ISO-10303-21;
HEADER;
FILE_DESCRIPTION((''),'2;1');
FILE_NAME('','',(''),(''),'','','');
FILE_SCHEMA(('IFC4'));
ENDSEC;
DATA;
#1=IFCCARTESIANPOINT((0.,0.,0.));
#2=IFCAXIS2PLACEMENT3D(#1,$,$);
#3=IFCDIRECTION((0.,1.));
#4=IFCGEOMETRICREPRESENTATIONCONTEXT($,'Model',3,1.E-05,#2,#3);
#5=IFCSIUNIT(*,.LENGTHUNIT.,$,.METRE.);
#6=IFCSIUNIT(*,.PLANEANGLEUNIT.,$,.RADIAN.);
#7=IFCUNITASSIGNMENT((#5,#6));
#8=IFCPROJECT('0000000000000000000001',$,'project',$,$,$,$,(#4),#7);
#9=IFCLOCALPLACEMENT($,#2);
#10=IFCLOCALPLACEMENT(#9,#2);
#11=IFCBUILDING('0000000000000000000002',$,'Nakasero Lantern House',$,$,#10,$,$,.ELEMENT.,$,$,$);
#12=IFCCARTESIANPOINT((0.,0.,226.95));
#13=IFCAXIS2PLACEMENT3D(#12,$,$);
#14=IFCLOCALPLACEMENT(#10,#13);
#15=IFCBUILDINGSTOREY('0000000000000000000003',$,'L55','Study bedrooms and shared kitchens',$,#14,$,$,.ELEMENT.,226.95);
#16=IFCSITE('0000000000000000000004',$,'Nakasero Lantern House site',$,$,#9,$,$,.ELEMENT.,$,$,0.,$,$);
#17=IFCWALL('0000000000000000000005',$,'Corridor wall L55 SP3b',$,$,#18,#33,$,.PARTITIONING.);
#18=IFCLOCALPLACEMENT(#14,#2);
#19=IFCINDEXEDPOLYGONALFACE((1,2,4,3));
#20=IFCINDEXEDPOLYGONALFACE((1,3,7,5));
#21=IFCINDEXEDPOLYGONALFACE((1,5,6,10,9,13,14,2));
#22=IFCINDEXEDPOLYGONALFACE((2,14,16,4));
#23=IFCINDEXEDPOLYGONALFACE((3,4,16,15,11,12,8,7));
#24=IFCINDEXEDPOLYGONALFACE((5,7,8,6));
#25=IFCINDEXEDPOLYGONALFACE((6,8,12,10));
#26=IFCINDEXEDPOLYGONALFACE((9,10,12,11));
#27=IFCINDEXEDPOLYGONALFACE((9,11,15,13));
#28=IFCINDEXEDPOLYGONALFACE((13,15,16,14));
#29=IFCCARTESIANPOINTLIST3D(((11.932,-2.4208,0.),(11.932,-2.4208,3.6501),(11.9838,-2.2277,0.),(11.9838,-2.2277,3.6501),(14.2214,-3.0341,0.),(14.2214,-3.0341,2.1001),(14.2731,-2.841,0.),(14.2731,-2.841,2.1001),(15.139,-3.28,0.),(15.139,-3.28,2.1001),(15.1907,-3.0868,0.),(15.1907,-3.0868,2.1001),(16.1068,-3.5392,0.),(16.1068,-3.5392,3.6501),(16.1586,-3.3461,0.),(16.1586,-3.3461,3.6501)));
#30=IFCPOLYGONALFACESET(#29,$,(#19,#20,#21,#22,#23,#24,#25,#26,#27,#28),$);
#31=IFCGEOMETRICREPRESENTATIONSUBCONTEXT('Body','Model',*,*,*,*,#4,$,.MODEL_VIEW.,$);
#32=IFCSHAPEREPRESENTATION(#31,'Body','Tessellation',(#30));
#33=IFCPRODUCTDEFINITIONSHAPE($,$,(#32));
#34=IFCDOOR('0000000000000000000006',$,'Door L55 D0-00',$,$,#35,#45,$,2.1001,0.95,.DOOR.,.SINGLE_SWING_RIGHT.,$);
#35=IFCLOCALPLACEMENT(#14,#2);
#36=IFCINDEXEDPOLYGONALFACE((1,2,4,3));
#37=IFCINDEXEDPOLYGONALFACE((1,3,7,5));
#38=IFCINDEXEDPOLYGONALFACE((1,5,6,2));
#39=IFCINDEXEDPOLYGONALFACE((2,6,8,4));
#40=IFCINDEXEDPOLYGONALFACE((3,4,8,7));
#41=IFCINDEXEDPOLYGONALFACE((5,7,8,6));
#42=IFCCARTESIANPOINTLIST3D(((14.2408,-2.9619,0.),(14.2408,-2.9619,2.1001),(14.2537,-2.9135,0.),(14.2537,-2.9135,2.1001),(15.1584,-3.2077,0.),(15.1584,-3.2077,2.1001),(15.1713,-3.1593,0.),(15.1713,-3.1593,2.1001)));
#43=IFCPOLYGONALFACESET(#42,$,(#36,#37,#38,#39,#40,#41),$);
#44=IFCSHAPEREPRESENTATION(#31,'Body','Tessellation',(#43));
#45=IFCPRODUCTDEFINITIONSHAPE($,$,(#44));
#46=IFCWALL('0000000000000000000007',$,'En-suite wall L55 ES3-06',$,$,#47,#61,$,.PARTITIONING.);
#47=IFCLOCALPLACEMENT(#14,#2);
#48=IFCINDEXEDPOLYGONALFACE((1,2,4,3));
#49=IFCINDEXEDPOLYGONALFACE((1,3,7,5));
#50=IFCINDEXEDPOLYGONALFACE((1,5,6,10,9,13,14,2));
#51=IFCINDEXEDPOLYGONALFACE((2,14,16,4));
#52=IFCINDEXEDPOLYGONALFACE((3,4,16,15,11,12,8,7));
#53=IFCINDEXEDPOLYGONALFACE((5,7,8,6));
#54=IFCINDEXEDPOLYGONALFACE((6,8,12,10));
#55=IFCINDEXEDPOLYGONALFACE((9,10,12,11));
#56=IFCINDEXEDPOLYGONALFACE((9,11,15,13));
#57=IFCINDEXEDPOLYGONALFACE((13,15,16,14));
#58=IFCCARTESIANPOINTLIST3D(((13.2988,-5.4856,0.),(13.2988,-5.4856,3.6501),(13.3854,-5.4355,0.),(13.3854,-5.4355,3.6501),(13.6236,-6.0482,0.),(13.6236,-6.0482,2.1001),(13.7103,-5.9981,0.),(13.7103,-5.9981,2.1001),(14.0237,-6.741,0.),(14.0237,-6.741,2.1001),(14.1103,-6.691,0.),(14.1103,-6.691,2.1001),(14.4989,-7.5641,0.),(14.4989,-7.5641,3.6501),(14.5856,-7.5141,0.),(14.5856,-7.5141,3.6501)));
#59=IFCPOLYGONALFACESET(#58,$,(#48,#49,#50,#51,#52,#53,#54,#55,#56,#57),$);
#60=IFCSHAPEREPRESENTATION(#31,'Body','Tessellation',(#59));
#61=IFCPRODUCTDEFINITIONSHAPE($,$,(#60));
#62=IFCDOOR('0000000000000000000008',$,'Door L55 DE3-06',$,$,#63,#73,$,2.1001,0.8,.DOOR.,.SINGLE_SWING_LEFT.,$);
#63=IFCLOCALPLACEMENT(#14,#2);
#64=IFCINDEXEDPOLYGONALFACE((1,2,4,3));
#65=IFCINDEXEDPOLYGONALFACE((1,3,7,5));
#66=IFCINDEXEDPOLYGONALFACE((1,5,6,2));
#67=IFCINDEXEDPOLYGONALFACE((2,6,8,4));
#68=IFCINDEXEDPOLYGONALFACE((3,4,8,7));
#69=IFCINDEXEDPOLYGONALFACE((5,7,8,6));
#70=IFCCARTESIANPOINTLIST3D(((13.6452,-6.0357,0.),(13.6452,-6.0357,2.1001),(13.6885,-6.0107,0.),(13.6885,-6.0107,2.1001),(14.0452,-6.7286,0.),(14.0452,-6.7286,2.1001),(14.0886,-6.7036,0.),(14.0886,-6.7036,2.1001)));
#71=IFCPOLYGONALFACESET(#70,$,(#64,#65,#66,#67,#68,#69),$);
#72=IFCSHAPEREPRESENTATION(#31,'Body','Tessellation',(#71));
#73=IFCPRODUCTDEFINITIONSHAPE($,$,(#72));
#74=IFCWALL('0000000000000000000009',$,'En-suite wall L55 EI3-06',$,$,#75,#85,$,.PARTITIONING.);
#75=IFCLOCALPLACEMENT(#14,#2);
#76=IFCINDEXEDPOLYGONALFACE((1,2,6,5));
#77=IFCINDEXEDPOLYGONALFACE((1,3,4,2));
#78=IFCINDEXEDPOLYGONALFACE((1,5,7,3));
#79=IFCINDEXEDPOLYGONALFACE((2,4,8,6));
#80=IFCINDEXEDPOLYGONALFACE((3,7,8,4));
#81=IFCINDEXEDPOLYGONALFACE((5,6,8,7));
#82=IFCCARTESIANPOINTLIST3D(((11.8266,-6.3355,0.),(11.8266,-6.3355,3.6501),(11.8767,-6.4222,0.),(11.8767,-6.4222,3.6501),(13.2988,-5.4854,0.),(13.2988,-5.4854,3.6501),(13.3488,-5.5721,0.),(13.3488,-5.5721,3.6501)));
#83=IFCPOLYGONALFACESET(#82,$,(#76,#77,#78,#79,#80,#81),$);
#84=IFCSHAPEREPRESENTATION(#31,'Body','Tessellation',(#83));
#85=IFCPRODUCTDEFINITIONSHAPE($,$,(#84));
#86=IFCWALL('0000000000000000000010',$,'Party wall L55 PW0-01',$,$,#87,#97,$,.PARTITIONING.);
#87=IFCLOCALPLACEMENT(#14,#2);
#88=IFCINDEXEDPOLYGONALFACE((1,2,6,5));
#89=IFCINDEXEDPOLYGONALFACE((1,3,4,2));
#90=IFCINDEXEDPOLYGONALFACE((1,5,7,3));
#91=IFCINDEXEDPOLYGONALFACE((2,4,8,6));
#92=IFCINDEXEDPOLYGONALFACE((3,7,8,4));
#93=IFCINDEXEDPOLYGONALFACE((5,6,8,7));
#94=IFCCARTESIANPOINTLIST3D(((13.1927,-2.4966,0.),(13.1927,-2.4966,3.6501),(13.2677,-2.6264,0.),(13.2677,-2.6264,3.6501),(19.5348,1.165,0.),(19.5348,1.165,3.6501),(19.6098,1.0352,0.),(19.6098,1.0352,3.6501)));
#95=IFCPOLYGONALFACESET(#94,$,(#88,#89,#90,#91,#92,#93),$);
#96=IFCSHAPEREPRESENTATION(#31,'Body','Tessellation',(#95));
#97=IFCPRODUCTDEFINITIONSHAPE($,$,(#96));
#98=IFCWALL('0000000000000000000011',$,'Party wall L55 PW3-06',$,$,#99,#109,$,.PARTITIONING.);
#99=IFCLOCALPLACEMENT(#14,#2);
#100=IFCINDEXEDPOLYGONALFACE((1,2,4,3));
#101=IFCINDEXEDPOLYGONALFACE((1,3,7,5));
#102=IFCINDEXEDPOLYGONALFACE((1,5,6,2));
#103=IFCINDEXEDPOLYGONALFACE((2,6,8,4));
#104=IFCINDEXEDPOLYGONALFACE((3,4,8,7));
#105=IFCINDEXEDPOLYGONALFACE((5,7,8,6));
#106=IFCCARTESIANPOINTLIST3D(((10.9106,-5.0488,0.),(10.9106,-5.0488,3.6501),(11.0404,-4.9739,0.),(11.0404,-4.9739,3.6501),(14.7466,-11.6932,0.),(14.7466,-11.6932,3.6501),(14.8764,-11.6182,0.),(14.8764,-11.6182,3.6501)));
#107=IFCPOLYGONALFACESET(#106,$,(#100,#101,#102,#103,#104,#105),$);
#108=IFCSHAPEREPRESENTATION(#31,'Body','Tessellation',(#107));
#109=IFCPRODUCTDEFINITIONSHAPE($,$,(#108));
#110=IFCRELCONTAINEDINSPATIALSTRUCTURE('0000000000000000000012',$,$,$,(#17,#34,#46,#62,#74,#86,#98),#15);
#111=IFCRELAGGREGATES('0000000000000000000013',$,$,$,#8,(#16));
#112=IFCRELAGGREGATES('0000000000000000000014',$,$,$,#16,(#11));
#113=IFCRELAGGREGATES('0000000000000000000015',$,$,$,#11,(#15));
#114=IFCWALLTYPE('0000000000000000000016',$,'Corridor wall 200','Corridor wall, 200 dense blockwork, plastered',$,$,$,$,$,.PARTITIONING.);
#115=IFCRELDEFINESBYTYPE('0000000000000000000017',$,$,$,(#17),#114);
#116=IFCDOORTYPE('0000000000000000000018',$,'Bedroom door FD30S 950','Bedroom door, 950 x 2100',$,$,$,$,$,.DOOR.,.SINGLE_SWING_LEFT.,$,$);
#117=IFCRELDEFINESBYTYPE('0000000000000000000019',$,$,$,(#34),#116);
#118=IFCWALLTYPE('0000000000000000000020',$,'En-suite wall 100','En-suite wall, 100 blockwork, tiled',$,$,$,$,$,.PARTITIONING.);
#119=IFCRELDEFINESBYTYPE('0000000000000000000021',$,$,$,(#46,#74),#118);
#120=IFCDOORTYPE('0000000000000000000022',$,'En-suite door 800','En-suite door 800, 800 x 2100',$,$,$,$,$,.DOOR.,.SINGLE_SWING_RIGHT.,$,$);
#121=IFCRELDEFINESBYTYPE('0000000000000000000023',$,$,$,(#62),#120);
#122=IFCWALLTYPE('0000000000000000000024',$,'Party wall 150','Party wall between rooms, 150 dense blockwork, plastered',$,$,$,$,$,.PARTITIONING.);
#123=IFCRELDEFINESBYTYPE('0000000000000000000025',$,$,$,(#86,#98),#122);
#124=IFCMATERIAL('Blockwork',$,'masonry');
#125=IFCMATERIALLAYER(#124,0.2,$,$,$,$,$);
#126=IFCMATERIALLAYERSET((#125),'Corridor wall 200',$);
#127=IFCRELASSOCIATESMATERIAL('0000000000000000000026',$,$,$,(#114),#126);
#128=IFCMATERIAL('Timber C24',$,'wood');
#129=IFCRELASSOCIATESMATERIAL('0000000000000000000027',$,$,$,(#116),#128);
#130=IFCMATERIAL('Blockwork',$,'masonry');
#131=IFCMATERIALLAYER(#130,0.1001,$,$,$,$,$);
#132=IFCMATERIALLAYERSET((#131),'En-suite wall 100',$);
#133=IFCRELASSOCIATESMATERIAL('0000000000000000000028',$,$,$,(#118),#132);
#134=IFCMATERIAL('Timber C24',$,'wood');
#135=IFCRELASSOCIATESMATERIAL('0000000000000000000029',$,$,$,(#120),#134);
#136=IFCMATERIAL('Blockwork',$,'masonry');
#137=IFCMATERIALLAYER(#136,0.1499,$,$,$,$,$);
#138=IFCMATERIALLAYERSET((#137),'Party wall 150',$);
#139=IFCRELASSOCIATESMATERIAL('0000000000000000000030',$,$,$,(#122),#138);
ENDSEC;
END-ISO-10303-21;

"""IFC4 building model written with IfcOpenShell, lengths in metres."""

from ifc_helpers import new_model, si_unit, direction, frame, frame_2d, origin, place, context, subcontext, project, spatial, rectangle, extrude, material, layer, layer_set, type_object, element, fill, save


model = new_model("IFC4")

# Units and contexts
model_context = context("Model", 3, precision=1e-05, world=origin(), true_north=direction((0.0, 1.0)))
body_context = subcontext(model_context, "Body", "Model", "MODEL_VIEW")
ifc_project = project(units=[si_unit("LENGTHUNIT", "METRE"), si_unit("PLANEANGLEUNIT", "RADIAN")], contexts=[model_context])

# Site, building, storey
site_placement = place(None, origin())
site = spatial("IfcSite", under=ifc_project, at=site_placement, Name="Nakasero Lantern House site", CompositionType="ELEMENT", RefElevation=0.0)
building_placement = place(site_placement, origin())
building = spatial("IfcBuilding", under=site, at=building_placement, Name="Nakasero Lantern House", CompositionType="ELEMENT")
storey_placement = place(building_placement, frame((0.0, 0.0, 226.95)))
storey = spatial("IfcBuildingStorey", under=building, at=storey_placement, Name="L55", Description="Study bedrooms and shared kitchens", CompositionType="ELEMENT", Elevation=226.95)

# Shared definitions
ifc_material_1 = material(Name="Blockwork", Category="masonry")
ifc_layer_1 = layer(ifc_material_1, 0.2)
ifc_layer_set_1 = layer_set([ifc_layer_1], Name="Corridor wall 200")
wall_type_1 = type_object("IfcWallType", Name="Corridor wall 200", Description="Corridor wall, 200 dense blockwork, plastered", PredefinedType="PARTITIONING", material=ifc_layer_set_1)

# Walls, openings, doors
ifc_material_2 = material(Name="Timber C24", Category="wood")
door_type_1 = type_object("IfcDoorType", Name="Bedroom door FD30S 950", Description="Bedroom door, 950 x 2100", OperationType="SINGLE_SWING_LEFT", PredefinedType="DOOR", material=ifc_material_2)
wall_1_placement = place(storey_placement, frame((11.9578, -2.3242, 0.0), z_axis=(0.0, 0.0, 1.0), x_axis=(0.965939, -0.25877, 0.0)))
wall_1 = element("IfcWall", 1, at=wall_1_placement, inside=storey, type_object=wall_type_1, Name="Corridor wall L55 SP3b", PredefinedType="PARTITIONING", context=body_context, shape_type="SweptSolid", body=[
    extrude(rectangle(XDim=4.322, YDim=0.2, at=frame_2d((2.1611, 0.0))), origin(), (0.0, 0.0, 1.0), 3.6501),
])
opening_1_placement = place(wall_1_placement, frame((2.3701, 0.0, 0.0)))
opening_1 = element("IfcOpeningElement", 2, at=opening_1_placement, cuts=wall_1, PredefinedType="OPENING", context=body_context, shape_type="SweptSolid", body=[
    extrude(rectangle(XDim=0.95, YDim=2.1001, at=frame_2d((0.4751, 1.05))), frame((0.0, 0.1199, 0.0), z_axis=(0.0, -1.0, 0.0), x_axis=(1.0, 0.0, 0.0)), (0.0, 0.0, 1.0), 0.24),
])
door_1_placement = place(opening_1_placement, origin())
door_1 = element("IfcDoor", 3, at=door_1_placement, inside=storey, type_object=door_type_1, Name="Door L55 D0-00", OperationType="SINGLE_SWING_RIGHT", OverallHeight=2.1001, OverallWidth=0.95, PredefinedType="DOOR", context=body_context, shape_type="SweptSolid", body=[
    extrude(rectangle(XDim=0.95, YDim=2.1001, at=frame_2d((0.4751, 1.05))), frame((0.0, 0.0249, 0.0), z_axis=(0.0, -1.0, 0.0), x_axis=(1.0, 0.0, 0.0)), (0.0, 0.0, 1.0), 0.05),
])
fill(opening_1, door_1)
ifc_material_3 = material(Name="Blockwork", Category="masonry")
ifc_layer_2 = layer(ifc_material_3, 0.1001)
ifc_layer_set_2 = layer_set([ifc_layer_2], Name="En-suite wall 100")
wall_type_2 = type_object("IfcWallType", Name="En-suite wall 100", Description="En-suite wall, 100 blockwork, tiled", PredefinedType="PARTITIONING", material=ifc_layer_set_2)
wall_2_placement = place(storey_placement, frame((13.342, -5.4604, 0.0), z_axis=(0.0, 0.0, 1.0), x_axis=(0.500034, -0.866006, 0.0)))
wall_2 = element("IfcWall", 4, at=wall_2_placement, inside=storey, type_object=wall_type_2, Name="En-suite wall L55 ES3-06", PredefinedType="PARTITIONING", context=body_context, shape_type="SweptSolid", body=[
    extrude(rectangle(XDim=2.4001, YDim=0.1001, at=frame_2d((1.2002, 0.0))), origin(), (0.0, 0.0, 1.0), 3.6501),
])
opening_2_placement = place(wall_2_placement, frame((0.6499, 0.0, 0.0)))
opening_2 = element("IfcOpeningElement", 5, at=opening_2_placement, cuts=wall_2, PredefinedType="OPENING", context=body_context, shape_type="SweptSolid", body=[
    extrude(rectangle(XDim=0.8, YDim=2.1001, at=frame_2d((0.3999, 1.05))), frame((0.0, 0.0701, 0.0), z_axis=(0.0, -1.0, 0.0), x_axis=(1.0, 0.0, 0.0)), (0.0, 0.0, 1.0), 0.1401),
])
ifc_material_4 = material(Name="Timber C24", Category="wood")
door_type_2 = type_object("IfcDoorType", Name="En-suite door 800", Description="En-suite door 800, 800 x 2100", OperationType="SINGLE_SWING_RIGHT", PredefinedType="DOOR", material=ifc_material_4)
door_2_placement = place(opening_2_placement, origin())
door_2 = element("IfcDoor", 6, at=door_2_placement, inside=storey, type_object=door_type_2, Name="Door L55 DE3-06", OperationType="SINGLE_SWING_LEFT", OverallHeight=2.1001, OverallWidth=0.8, PredefinedType="DOOR", context=body_context, shape_type="SweptSolid", body=[
    extrude(rectangle(XDim=0.8, YDim=2.1001, at=frame_2d((0.3999, 1.05))), frame((0.0, 0.0249, 0.0), z_axis=(0.0, -1.0, 0.0), x_axis=(1.0, 0.0, 0.0)), (0.0, 0.0, 1.0), 0.05),
])
fill(opening_2, door_2)

# Walls
wall_3_placement = place(storey_placement, frame((11.8516, -6.3789, 0.0), z_axis=(0.0, 0.0, 1.0), x_axis=(0.865989, 0.500062, 0.0)))
element("IfcWall", 7, at=wall_3_placement, inside=storey, type_object=wall_type_2, Name="En-suite wall L55 EI3-06", PredefinedType="PARTITIONING", context=body_context, shape_type="SweptSolid", body=[
    extrude(rectangle(XDim=1.7, YDim=0.1001, at=frame_2d((0.8501, 0.0))), origin(), (0.0, 0.0, 1.0), 3.6501),
])
ifc_material_5 = material(Name="Blockwork", Category="masonry")
ifc_layer_3 = layer(ifc_material_5, 0.1499)
ifc_layer_set_3 = layer_set([ifc_layer_3], Name="Party wall 150")
wall_type_3 = type_object("IfcWallType", Name="Party wall 150", Description="Party wall between rooms, 150 dense blockwork, plastered", PredefinedType="PARTITIONING", material=ifc_layer_set_3)
wall_4_placement = place(storey_placement, frame((13.2302, -2.5615, 0.0), z_axis=(0.0, 0.0, 1.0), x_axis=(0.866023, 0.500004, 0.0)))
element("IfcWall", 8, at=wall_4_placement, inside=storey, type_object=wall_type_3, Name="Party wall L55 PW0-01", PredefinedType="PARTITIONING", context=body_context, shape_type="SweptSolid", body=[
    extrude(rectangle(XDim=7.3232, YDim=0.1499, at=frame_2d((3.6616, 0.0))), origin(), (0.0, 0.0, 1.0), 3.6501),
])
wall_5_placement = place(storey_placement, frame((10.9756, -5.0115, 0.0), z_axis=(0.0, 0.0, 1.0), x_axis=(0.499986, -0.866034, 0.0)))
element("IfcWall", 9, at=wall_5_placement, inside=storey, type_object=wall_type_3, Name="Party wall L55 PW3-06", PredefinedType="PARTITIONING", context=body_context, shape_type="SweptSolid", body=[
    extrude(rectangle(XDim=7.6721, YDim=0.1499, at=frame_2d((3.8359, 0.0))), origin(), (0.0, 0.0, 1.0), 3.6501),
])

save(model, "model.ifc")
